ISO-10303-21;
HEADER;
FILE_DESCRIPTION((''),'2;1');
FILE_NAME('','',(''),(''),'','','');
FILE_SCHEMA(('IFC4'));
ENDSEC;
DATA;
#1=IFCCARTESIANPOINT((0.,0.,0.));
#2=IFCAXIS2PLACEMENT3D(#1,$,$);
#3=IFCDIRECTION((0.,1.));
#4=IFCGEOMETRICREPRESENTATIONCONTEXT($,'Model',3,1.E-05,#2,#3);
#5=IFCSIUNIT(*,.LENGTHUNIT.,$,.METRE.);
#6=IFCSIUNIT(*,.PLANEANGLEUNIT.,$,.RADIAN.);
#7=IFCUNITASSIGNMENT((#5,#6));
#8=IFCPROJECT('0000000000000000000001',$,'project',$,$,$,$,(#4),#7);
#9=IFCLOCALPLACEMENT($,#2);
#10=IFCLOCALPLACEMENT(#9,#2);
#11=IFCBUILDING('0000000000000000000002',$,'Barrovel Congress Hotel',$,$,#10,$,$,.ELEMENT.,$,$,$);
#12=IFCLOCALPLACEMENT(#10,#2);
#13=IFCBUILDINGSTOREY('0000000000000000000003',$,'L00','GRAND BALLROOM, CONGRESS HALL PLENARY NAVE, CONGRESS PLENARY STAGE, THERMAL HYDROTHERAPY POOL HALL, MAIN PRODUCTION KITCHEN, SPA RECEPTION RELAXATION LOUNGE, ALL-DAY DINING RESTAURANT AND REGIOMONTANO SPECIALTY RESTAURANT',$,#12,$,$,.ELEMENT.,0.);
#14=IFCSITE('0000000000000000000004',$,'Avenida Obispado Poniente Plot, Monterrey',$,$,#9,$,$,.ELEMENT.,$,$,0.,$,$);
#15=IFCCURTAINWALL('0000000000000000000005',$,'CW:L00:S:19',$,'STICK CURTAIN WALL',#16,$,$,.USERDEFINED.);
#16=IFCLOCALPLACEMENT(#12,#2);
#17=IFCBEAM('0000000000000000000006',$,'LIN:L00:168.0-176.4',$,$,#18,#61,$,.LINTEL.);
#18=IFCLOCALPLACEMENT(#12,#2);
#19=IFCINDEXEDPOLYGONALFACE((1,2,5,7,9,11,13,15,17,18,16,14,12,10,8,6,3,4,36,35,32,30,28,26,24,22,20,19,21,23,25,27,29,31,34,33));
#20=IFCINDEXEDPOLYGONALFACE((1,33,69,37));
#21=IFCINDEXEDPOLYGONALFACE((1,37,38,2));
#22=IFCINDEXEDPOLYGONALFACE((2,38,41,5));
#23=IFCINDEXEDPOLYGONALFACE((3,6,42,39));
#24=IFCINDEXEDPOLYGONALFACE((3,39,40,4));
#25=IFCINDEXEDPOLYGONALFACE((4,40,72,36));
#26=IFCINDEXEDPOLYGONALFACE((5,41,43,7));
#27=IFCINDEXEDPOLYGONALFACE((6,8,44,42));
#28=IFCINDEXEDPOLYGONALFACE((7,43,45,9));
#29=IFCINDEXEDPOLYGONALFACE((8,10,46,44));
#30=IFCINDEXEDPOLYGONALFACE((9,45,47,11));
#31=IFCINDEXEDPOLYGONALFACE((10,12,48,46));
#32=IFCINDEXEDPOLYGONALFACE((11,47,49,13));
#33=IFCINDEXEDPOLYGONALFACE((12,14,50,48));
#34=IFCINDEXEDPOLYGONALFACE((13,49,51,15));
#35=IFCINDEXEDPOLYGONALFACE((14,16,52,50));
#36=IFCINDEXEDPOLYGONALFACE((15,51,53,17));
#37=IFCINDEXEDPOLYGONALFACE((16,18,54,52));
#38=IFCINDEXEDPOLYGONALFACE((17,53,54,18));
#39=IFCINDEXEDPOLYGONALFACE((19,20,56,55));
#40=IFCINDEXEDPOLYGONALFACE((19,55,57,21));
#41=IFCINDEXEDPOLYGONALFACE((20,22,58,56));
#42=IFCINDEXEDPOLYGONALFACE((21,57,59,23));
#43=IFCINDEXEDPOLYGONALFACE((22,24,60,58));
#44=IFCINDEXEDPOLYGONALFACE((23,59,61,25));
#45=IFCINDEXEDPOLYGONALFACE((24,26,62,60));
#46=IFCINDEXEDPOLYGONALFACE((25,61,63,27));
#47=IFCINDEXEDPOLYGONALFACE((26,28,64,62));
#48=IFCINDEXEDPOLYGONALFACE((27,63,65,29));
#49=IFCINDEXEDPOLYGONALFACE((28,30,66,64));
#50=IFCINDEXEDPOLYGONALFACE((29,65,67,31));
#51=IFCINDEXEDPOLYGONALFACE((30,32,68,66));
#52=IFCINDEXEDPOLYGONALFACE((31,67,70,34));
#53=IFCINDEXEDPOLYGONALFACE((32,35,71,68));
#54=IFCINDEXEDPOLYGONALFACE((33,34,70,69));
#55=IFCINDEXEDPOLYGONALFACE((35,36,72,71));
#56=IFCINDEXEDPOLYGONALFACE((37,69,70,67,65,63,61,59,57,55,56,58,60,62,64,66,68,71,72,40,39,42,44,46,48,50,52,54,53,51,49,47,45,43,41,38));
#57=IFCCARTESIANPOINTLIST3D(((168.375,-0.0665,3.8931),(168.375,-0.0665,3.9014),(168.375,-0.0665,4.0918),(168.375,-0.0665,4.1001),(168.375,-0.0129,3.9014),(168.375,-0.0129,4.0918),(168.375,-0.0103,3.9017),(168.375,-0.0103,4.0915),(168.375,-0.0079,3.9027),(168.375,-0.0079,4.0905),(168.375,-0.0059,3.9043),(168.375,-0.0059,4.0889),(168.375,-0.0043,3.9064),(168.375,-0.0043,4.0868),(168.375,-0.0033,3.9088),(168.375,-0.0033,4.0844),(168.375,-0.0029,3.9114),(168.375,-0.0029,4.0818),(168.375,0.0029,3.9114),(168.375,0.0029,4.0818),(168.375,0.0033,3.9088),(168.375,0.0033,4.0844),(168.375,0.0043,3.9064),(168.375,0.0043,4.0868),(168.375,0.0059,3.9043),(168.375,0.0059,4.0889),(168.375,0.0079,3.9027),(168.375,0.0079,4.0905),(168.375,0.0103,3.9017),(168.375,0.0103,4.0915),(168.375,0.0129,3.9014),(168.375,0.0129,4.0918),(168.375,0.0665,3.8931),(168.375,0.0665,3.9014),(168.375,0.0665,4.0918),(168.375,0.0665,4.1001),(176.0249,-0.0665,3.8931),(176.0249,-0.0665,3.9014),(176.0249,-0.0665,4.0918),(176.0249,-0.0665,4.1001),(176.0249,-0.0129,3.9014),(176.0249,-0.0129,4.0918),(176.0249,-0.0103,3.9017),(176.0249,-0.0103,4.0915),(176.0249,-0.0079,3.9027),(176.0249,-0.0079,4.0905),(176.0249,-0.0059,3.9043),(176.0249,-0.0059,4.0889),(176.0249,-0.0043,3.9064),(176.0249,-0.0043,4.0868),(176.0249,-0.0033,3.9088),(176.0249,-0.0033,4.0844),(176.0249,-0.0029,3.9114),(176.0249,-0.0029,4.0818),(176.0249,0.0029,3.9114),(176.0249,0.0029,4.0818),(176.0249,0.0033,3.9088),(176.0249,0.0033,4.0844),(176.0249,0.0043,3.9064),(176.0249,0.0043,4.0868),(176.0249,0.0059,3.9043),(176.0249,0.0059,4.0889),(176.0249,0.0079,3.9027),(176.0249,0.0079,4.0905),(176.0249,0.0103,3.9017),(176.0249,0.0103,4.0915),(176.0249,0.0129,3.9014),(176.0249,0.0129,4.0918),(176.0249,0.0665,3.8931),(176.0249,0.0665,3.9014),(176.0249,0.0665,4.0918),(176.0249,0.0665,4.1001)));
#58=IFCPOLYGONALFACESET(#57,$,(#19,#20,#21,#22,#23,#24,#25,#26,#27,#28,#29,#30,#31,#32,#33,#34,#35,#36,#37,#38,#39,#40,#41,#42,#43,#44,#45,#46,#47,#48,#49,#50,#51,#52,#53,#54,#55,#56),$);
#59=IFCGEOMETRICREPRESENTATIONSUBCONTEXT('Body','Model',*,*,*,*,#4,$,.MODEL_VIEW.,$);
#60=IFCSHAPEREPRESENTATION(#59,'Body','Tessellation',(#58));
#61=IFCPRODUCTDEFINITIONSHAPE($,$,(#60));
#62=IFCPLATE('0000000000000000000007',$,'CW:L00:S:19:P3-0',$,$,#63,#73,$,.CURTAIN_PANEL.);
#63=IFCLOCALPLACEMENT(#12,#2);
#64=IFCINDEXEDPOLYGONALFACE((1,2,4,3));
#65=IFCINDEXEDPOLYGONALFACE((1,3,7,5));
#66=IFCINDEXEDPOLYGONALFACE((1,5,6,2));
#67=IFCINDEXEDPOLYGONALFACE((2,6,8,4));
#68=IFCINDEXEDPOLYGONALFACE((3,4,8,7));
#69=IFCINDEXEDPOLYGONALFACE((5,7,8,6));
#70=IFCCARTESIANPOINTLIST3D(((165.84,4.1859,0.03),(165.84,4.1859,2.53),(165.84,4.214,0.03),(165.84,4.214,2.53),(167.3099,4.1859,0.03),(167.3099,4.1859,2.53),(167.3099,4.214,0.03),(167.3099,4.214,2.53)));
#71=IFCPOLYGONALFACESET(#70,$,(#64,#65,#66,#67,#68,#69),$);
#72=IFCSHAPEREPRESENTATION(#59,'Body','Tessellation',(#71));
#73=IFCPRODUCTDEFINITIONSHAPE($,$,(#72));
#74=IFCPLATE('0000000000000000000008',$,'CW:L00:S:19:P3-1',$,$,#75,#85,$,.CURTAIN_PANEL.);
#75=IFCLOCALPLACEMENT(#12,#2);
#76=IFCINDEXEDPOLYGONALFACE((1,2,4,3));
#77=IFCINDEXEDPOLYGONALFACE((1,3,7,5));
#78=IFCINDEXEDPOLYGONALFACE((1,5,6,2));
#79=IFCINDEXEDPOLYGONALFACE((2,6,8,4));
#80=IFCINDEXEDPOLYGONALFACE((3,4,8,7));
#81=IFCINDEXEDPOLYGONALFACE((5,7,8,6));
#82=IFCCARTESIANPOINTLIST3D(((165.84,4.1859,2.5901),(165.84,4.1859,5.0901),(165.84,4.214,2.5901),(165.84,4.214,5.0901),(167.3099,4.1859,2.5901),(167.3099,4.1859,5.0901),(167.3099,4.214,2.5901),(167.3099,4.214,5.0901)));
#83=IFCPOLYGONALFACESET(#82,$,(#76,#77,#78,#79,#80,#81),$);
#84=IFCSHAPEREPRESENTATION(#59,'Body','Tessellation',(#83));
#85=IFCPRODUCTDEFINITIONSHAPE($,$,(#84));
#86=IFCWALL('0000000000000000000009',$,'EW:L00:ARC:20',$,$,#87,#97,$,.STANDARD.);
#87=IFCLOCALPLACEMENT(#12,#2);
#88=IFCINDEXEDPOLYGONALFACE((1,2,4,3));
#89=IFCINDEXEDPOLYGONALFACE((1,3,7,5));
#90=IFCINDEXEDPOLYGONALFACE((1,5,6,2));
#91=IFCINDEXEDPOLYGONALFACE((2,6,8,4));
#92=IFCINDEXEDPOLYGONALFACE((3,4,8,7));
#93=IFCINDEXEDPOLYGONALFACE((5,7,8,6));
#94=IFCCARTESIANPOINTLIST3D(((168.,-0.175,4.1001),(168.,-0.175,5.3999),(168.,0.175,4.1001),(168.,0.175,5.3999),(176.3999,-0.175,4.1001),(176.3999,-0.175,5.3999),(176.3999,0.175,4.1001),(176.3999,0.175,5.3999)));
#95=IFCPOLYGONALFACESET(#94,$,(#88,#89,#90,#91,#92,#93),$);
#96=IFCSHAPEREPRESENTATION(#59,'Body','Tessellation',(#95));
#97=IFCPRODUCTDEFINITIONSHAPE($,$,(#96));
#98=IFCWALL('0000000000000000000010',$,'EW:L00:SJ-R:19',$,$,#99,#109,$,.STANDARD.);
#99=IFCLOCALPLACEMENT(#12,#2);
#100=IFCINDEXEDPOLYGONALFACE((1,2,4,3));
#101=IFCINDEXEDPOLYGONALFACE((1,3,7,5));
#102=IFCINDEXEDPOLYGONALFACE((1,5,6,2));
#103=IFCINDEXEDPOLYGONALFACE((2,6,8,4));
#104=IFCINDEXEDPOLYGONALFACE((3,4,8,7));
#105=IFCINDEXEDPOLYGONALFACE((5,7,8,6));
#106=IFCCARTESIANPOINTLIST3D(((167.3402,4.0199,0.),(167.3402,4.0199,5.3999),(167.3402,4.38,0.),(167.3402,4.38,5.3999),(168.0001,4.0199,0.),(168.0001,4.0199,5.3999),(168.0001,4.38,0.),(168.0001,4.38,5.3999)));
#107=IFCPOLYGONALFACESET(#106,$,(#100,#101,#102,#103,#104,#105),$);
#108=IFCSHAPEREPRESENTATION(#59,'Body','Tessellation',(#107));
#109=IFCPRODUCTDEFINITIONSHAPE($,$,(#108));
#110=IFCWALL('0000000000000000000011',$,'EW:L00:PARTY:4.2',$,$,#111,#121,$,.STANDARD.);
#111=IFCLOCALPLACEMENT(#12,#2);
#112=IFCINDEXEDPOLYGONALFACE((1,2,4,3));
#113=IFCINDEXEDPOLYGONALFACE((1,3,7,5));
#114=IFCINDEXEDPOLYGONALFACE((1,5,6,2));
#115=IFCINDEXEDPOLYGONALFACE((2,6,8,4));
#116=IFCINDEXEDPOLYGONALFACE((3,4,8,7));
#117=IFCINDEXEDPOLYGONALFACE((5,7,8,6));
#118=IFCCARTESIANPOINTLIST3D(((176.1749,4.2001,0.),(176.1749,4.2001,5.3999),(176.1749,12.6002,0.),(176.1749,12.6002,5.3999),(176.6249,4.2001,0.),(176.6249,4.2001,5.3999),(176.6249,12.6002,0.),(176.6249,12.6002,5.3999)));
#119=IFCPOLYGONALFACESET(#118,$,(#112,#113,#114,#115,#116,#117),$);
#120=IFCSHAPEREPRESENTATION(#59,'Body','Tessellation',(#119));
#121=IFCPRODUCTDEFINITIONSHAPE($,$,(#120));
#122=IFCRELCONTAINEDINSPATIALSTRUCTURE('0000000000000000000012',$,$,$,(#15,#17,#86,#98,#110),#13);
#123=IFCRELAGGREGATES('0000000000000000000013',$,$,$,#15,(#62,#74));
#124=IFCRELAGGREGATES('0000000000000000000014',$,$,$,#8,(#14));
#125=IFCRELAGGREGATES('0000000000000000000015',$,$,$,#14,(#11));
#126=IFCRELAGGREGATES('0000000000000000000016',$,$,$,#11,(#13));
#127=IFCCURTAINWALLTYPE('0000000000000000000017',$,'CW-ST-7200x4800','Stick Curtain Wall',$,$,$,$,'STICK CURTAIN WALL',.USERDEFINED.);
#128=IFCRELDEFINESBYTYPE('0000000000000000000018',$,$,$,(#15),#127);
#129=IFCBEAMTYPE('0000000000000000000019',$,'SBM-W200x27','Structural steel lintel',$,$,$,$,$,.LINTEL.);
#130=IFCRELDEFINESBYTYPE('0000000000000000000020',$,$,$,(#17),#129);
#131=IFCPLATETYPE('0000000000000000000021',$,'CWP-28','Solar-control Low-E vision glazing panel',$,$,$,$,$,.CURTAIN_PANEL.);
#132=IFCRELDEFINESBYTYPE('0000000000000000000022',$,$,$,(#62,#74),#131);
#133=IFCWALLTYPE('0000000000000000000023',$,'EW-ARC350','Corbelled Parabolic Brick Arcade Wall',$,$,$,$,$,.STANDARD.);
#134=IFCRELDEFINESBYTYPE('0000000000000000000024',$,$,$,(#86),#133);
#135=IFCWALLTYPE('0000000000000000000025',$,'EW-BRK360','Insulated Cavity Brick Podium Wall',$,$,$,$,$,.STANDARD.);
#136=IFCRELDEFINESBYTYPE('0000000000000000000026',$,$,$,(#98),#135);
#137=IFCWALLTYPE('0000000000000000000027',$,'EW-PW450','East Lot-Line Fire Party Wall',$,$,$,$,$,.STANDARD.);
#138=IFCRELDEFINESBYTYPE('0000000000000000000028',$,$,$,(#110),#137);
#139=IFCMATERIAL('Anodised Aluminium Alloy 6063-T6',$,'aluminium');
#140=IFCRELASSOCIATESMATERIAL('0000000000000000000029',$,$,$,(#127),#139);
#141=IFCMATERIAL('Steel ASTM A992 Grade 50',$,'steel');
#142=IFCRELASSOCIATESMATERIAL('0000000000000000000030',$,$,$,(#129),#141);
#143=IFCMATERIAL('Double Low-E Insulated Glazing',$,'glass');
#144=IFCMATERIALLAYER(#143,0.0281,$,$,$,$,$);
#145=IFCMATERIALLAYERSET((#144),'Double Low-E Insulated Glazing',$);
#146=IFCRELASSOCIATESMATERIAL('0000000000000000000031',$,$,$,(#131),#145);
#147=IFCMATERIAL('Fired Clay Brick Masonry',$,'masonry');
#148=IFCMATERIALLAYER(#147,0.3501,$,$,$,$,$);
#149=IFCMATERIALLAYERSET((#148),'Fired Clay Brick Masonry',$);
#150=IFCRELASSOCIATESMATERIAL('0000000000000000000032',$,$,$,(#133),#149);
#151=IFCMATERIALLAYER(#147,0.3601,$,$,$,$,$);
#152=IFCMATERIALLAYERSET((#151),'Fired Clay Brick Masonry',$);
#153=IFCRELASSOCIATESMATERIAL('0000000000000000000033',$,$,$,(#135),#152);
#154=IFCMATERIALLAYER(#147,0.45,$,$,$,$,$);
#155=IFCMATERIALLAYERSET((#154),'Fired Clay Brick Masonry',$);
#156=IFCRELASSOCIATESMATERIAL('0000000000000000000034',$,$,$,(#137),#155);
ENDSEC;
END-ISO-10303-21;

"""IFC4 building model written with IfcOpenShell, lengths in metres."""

from ifc_helpers import new_model, si_unit, direction, frame, frame_2d, origin, origin_2d, place, context, subcontext, project, spatial, rectangle, i_section, extrude, material, layer, layer_set, material_profile, profile_set, type_object, element, aggregate, save


model = new_model("IFC4")

# Units and contexts
model_context = context("Model", 3, precision=1e-05, world=origin(), true_north=direction((0.0, 1.0)))
body_context = subcontext(model_context, "Body", "Model", "MODEL_VIEW")
ifc_project = project(units=[si_unit("LENGTHUNIT", "METRE"), si_unit("PLANEANGLEUNIT", "RADIAN")], contexts=[model_context])

# Site, building, storey
site_placement = place(None, origin())
site = spatial("IfcSite", under=ifc_project, at=site_placement, Name="Avenida Obispado Poniente Plot, Monterrey", CompositionType="ELEMENT", RefElevation=0.0)
building_placement = place(site_placement, origin())
building = spatial("IfcBuilding", under=site, at=building_placement, Name="Barrovel Congress Hotel", CompositionType="ELEMENT")
storey_placement = place(building_placement, origin())
storey = spatial("IfcBuildingStorey", under=building, at=storey_placement, Name="L00", Description="GRAND BALLROOM, CONGRESS HALL PLENARY NAVE, CONGRESS PLENARY STAGE, THERMAL HYDROTHERAPY POOL HALL, MAIN PRODUCTION KITCHEN, SPA RECEPTION RELAXATION LOUNGE, ALL-DAY DINING RESTAURANT AND REGIOMONTANO SPECIALTY RESTAURANT", CompositionType="ELEMENT", Elevation=0.0)

# Curtain wall
ifc_material_1 = material(Name="Anodised Aluminium Alloy 6063-T6", Category="aluminium")
curtain_wall_type = type_object("IfcCurtainWallType", Name="CW-ST-7200x4800", Description="Stick Curtain Wall", ElementType="STICK CURTAIN WALL", PredefinedType="USERDEFINED", material=ifc_material_1)
curtain_wall_placement = place(storey_placement, origin())
curtain_wall = element("IfcCurtainWall", 1, at=curtain_wall_placement, inside=storey, type_object=curtain_wall_type, Name="CW:L00:S:19", ObjectType="STICK CURTAIN WALL", PredefinedType="USERDEFINED")

# Beam
ifc_material_2 = material(Name="Steel ASTM A992 Grade 50", Category="steel")
ifc_material_profile_1 = material_profile(ifc_material_2, i_section(OverallWidth=0.1331, OverallDepth=0.207, WebThickness=0.0059, FlangeThickness=0.0083, FilletRadius=0.01, at=origin_2d()), Name="W200x27")
ifc_profile_set_1 = profile_set([ifc_material_profile_1], Name="Steel ASTM A992 Grade 50")
beam_type_1 = type_object("IfcBeamType", Name="SBM-W200x27", Description="Structural steel lintel", PredefinedType="LINTEL", material=ifc_profile_set_1)
beam_1_placement = place(storey_placement, frame((168.375, 0.0, 3.9966), z_axis=(1.0, 0.0, 0.0), x_axis=(0.0, 1.0, 0.0)))
element("IfcBeam", 2, at=beam_1_placement, inside=storey, type_object=beam_type_1, Name="LIN:L00:168.0-176.4", PredefinedType="LINTEL", context=body_context, shape_type="SweptSolid", body=[
    extrude(i_section(OverallWidth=0.1331, OverallDepth=0.207, WebThickness=0.0059, FlangeThickness=0.0083, FilletRadius=0.01, at=origin_2d()), origin(), (0.0, 0.0, 1.0), 7.6499),
])

# Plates
ifc_material_3 = material(Name="Double Low-E Insulated Glazing", Category="glass")
ifc_layer_1 = layer(ifc_material_3, 0.0281)
ifc_layer_set_1 = layer_set([ifc_layer_1], Name="Double Low-E Insulated Glazing")
plate_type = type_object("IfcPlateType", Name="CWP-28", Description="Solar-control Low-E vision glazing panel", PredefinedType="CURTAIN_PANEL", material=ifc_layer_set_1)
plate_1_placement = place(storey_placement, frame((166.575, 4.2, 0.03), z_axis=(0.0, 0.0, 1.0), x_axis=(1.0, 0.0, 0.0)))
plate_1 = element("IfcPlate", 3, at=plate_1_placement, type_object=plate_type, Name="CW:L00:S:19:P3-0", PredefinedType="CURTAIN_PANEL", context=body_context, shape_type="SweptSolid", body=[
    extrude(rectangle(XDim=1.47, YDim=0.0281, at=origin_2d()), origin(), (0.0, 0.0, 1.0), 2.5),
])
plate_2_placement = place(storey_placement, frame((166.575, 4.2, 2.5901), z_axis=(0.0, 0.0, 1.0), x_axis=(1.0, 0.0, 0.0)))
plate_2 = element("IfcPlate", 4, at=plate_2_placement, type_object=plate_type, Name="CW:L00:S:19:P3-1", PredefinedType="CURTAIN_PANEL", context=body_context, shape_type="SweptSolid", body=[
    extrude(rectangle(XDim=1.47, YDim=0.0281, at=origin_2d()), origin(), (0.0, 0.0, 1.0), 2.5),
])
aggregate(curtain_wall, [plate_1, plate_2])

# Walls
ifc_material_4 = material(Name="Fired Clay Brick Masonry", Category="masonry")
ifc_layer_2 = layer(ifc_material_4, 0.3501)
ifc_layer_set_2 = layer_set([ifc_layer_2], Name="Fired Clay Brick Masonry")
wall_type_1 = type_object("IfcWallType", Name="EW-ARC350", Description="Corbelled Parabolic Brick Arcade Wall", PredefinedType="STANDARD", material=ifc_layer_set_2)
wall_1_placement = place(storey_placement, frame((168.0, 0.0, 4.1001), z_axis=(0.0, 0.0, 1.0), x_axis=(1.0, 0.0, 0.0)))
element("IfcWall", 5, at=wall_1_placement, inside=storey, type_object=wall_type_1, Name="EW:L00:ARC:20", PredefinedType="STANDARD", context=body_context, shape_type="SweptSolid", body=[
    extrude(rectangle(XDim=8.3999, YDim=0.3501, at=frame_2d((4.2, 0.0))), origin(), (0.0, 0.0, 1.0), 1.2998),
])
ifc_layer_3 = layer(ifc_material_4, 0.3601)
ifc_layer_set_3 = layer_set([ifc_layer_3], Name="Fired Clay Brick Masonry")
wall_type_2 = type_object("IfcWallType", Name="EW-BRK360", Description="Insulated Cavity Brick Podium Wall", PredefinedType="STANDARD", material=ifc_layer_set_3)
wall_2_placement = place(storey_placement, frame((167.3401, 4.2, 0.0), z_axis=(0.0, 0.0, 1.0), x_axis=(1.0, 0.0, 0.0)))
element("IfcWall", 6, at=wall_2_placement, inside=storey, type_object=wall_type_2, Name="EW:L00:SJ-R:19", PredefinedType="STANDARD", context=body_context, shape_type="SweptSolid", body=[
    extrude(rectangle(XDim=0.6599, YDim=0.3601, at=frame_2d((0.3301, 0.0))), origin(), (0.0, 0.0, 1.0), 5.3999),
])

# Wall
ifc_layer_4 = layer(ifc_material_4, 0.45)
ifc_layer_set_4 = layer_set([ifc_layer_4], Name="Fired Clay Brick Masonry")
wall_type_3 = type_object("IfcWallType", Name="EW-PW450", Description="East Lot-Line Fire Party Wall", PredefinedType="STANDARD", material=ifc_layer_set_4)
wall_3_placement = place(storey_placement, frame((176.3999, 4.2, 0.0), z_axis=(0.0, 0.0, 1.0), x_axis=(0.0, 1.0, 0.0)))
element("IfcWall", 7, at=wall_3_placement, inside=storey, type_object=wall_type_3, Name="EW:L00:PARTY:4.2", PredefinedType="STANDARD", context=body_context, shape_type="SweptSolid", body=[
    extrude(rectangle(XDim=8.4001, YDim=0.45, at=frame_2d((4.2002, 0.0))), origin(), (0.0, 0.0, 1.0), 5.3999),
])

save(model, "model.ifc")
